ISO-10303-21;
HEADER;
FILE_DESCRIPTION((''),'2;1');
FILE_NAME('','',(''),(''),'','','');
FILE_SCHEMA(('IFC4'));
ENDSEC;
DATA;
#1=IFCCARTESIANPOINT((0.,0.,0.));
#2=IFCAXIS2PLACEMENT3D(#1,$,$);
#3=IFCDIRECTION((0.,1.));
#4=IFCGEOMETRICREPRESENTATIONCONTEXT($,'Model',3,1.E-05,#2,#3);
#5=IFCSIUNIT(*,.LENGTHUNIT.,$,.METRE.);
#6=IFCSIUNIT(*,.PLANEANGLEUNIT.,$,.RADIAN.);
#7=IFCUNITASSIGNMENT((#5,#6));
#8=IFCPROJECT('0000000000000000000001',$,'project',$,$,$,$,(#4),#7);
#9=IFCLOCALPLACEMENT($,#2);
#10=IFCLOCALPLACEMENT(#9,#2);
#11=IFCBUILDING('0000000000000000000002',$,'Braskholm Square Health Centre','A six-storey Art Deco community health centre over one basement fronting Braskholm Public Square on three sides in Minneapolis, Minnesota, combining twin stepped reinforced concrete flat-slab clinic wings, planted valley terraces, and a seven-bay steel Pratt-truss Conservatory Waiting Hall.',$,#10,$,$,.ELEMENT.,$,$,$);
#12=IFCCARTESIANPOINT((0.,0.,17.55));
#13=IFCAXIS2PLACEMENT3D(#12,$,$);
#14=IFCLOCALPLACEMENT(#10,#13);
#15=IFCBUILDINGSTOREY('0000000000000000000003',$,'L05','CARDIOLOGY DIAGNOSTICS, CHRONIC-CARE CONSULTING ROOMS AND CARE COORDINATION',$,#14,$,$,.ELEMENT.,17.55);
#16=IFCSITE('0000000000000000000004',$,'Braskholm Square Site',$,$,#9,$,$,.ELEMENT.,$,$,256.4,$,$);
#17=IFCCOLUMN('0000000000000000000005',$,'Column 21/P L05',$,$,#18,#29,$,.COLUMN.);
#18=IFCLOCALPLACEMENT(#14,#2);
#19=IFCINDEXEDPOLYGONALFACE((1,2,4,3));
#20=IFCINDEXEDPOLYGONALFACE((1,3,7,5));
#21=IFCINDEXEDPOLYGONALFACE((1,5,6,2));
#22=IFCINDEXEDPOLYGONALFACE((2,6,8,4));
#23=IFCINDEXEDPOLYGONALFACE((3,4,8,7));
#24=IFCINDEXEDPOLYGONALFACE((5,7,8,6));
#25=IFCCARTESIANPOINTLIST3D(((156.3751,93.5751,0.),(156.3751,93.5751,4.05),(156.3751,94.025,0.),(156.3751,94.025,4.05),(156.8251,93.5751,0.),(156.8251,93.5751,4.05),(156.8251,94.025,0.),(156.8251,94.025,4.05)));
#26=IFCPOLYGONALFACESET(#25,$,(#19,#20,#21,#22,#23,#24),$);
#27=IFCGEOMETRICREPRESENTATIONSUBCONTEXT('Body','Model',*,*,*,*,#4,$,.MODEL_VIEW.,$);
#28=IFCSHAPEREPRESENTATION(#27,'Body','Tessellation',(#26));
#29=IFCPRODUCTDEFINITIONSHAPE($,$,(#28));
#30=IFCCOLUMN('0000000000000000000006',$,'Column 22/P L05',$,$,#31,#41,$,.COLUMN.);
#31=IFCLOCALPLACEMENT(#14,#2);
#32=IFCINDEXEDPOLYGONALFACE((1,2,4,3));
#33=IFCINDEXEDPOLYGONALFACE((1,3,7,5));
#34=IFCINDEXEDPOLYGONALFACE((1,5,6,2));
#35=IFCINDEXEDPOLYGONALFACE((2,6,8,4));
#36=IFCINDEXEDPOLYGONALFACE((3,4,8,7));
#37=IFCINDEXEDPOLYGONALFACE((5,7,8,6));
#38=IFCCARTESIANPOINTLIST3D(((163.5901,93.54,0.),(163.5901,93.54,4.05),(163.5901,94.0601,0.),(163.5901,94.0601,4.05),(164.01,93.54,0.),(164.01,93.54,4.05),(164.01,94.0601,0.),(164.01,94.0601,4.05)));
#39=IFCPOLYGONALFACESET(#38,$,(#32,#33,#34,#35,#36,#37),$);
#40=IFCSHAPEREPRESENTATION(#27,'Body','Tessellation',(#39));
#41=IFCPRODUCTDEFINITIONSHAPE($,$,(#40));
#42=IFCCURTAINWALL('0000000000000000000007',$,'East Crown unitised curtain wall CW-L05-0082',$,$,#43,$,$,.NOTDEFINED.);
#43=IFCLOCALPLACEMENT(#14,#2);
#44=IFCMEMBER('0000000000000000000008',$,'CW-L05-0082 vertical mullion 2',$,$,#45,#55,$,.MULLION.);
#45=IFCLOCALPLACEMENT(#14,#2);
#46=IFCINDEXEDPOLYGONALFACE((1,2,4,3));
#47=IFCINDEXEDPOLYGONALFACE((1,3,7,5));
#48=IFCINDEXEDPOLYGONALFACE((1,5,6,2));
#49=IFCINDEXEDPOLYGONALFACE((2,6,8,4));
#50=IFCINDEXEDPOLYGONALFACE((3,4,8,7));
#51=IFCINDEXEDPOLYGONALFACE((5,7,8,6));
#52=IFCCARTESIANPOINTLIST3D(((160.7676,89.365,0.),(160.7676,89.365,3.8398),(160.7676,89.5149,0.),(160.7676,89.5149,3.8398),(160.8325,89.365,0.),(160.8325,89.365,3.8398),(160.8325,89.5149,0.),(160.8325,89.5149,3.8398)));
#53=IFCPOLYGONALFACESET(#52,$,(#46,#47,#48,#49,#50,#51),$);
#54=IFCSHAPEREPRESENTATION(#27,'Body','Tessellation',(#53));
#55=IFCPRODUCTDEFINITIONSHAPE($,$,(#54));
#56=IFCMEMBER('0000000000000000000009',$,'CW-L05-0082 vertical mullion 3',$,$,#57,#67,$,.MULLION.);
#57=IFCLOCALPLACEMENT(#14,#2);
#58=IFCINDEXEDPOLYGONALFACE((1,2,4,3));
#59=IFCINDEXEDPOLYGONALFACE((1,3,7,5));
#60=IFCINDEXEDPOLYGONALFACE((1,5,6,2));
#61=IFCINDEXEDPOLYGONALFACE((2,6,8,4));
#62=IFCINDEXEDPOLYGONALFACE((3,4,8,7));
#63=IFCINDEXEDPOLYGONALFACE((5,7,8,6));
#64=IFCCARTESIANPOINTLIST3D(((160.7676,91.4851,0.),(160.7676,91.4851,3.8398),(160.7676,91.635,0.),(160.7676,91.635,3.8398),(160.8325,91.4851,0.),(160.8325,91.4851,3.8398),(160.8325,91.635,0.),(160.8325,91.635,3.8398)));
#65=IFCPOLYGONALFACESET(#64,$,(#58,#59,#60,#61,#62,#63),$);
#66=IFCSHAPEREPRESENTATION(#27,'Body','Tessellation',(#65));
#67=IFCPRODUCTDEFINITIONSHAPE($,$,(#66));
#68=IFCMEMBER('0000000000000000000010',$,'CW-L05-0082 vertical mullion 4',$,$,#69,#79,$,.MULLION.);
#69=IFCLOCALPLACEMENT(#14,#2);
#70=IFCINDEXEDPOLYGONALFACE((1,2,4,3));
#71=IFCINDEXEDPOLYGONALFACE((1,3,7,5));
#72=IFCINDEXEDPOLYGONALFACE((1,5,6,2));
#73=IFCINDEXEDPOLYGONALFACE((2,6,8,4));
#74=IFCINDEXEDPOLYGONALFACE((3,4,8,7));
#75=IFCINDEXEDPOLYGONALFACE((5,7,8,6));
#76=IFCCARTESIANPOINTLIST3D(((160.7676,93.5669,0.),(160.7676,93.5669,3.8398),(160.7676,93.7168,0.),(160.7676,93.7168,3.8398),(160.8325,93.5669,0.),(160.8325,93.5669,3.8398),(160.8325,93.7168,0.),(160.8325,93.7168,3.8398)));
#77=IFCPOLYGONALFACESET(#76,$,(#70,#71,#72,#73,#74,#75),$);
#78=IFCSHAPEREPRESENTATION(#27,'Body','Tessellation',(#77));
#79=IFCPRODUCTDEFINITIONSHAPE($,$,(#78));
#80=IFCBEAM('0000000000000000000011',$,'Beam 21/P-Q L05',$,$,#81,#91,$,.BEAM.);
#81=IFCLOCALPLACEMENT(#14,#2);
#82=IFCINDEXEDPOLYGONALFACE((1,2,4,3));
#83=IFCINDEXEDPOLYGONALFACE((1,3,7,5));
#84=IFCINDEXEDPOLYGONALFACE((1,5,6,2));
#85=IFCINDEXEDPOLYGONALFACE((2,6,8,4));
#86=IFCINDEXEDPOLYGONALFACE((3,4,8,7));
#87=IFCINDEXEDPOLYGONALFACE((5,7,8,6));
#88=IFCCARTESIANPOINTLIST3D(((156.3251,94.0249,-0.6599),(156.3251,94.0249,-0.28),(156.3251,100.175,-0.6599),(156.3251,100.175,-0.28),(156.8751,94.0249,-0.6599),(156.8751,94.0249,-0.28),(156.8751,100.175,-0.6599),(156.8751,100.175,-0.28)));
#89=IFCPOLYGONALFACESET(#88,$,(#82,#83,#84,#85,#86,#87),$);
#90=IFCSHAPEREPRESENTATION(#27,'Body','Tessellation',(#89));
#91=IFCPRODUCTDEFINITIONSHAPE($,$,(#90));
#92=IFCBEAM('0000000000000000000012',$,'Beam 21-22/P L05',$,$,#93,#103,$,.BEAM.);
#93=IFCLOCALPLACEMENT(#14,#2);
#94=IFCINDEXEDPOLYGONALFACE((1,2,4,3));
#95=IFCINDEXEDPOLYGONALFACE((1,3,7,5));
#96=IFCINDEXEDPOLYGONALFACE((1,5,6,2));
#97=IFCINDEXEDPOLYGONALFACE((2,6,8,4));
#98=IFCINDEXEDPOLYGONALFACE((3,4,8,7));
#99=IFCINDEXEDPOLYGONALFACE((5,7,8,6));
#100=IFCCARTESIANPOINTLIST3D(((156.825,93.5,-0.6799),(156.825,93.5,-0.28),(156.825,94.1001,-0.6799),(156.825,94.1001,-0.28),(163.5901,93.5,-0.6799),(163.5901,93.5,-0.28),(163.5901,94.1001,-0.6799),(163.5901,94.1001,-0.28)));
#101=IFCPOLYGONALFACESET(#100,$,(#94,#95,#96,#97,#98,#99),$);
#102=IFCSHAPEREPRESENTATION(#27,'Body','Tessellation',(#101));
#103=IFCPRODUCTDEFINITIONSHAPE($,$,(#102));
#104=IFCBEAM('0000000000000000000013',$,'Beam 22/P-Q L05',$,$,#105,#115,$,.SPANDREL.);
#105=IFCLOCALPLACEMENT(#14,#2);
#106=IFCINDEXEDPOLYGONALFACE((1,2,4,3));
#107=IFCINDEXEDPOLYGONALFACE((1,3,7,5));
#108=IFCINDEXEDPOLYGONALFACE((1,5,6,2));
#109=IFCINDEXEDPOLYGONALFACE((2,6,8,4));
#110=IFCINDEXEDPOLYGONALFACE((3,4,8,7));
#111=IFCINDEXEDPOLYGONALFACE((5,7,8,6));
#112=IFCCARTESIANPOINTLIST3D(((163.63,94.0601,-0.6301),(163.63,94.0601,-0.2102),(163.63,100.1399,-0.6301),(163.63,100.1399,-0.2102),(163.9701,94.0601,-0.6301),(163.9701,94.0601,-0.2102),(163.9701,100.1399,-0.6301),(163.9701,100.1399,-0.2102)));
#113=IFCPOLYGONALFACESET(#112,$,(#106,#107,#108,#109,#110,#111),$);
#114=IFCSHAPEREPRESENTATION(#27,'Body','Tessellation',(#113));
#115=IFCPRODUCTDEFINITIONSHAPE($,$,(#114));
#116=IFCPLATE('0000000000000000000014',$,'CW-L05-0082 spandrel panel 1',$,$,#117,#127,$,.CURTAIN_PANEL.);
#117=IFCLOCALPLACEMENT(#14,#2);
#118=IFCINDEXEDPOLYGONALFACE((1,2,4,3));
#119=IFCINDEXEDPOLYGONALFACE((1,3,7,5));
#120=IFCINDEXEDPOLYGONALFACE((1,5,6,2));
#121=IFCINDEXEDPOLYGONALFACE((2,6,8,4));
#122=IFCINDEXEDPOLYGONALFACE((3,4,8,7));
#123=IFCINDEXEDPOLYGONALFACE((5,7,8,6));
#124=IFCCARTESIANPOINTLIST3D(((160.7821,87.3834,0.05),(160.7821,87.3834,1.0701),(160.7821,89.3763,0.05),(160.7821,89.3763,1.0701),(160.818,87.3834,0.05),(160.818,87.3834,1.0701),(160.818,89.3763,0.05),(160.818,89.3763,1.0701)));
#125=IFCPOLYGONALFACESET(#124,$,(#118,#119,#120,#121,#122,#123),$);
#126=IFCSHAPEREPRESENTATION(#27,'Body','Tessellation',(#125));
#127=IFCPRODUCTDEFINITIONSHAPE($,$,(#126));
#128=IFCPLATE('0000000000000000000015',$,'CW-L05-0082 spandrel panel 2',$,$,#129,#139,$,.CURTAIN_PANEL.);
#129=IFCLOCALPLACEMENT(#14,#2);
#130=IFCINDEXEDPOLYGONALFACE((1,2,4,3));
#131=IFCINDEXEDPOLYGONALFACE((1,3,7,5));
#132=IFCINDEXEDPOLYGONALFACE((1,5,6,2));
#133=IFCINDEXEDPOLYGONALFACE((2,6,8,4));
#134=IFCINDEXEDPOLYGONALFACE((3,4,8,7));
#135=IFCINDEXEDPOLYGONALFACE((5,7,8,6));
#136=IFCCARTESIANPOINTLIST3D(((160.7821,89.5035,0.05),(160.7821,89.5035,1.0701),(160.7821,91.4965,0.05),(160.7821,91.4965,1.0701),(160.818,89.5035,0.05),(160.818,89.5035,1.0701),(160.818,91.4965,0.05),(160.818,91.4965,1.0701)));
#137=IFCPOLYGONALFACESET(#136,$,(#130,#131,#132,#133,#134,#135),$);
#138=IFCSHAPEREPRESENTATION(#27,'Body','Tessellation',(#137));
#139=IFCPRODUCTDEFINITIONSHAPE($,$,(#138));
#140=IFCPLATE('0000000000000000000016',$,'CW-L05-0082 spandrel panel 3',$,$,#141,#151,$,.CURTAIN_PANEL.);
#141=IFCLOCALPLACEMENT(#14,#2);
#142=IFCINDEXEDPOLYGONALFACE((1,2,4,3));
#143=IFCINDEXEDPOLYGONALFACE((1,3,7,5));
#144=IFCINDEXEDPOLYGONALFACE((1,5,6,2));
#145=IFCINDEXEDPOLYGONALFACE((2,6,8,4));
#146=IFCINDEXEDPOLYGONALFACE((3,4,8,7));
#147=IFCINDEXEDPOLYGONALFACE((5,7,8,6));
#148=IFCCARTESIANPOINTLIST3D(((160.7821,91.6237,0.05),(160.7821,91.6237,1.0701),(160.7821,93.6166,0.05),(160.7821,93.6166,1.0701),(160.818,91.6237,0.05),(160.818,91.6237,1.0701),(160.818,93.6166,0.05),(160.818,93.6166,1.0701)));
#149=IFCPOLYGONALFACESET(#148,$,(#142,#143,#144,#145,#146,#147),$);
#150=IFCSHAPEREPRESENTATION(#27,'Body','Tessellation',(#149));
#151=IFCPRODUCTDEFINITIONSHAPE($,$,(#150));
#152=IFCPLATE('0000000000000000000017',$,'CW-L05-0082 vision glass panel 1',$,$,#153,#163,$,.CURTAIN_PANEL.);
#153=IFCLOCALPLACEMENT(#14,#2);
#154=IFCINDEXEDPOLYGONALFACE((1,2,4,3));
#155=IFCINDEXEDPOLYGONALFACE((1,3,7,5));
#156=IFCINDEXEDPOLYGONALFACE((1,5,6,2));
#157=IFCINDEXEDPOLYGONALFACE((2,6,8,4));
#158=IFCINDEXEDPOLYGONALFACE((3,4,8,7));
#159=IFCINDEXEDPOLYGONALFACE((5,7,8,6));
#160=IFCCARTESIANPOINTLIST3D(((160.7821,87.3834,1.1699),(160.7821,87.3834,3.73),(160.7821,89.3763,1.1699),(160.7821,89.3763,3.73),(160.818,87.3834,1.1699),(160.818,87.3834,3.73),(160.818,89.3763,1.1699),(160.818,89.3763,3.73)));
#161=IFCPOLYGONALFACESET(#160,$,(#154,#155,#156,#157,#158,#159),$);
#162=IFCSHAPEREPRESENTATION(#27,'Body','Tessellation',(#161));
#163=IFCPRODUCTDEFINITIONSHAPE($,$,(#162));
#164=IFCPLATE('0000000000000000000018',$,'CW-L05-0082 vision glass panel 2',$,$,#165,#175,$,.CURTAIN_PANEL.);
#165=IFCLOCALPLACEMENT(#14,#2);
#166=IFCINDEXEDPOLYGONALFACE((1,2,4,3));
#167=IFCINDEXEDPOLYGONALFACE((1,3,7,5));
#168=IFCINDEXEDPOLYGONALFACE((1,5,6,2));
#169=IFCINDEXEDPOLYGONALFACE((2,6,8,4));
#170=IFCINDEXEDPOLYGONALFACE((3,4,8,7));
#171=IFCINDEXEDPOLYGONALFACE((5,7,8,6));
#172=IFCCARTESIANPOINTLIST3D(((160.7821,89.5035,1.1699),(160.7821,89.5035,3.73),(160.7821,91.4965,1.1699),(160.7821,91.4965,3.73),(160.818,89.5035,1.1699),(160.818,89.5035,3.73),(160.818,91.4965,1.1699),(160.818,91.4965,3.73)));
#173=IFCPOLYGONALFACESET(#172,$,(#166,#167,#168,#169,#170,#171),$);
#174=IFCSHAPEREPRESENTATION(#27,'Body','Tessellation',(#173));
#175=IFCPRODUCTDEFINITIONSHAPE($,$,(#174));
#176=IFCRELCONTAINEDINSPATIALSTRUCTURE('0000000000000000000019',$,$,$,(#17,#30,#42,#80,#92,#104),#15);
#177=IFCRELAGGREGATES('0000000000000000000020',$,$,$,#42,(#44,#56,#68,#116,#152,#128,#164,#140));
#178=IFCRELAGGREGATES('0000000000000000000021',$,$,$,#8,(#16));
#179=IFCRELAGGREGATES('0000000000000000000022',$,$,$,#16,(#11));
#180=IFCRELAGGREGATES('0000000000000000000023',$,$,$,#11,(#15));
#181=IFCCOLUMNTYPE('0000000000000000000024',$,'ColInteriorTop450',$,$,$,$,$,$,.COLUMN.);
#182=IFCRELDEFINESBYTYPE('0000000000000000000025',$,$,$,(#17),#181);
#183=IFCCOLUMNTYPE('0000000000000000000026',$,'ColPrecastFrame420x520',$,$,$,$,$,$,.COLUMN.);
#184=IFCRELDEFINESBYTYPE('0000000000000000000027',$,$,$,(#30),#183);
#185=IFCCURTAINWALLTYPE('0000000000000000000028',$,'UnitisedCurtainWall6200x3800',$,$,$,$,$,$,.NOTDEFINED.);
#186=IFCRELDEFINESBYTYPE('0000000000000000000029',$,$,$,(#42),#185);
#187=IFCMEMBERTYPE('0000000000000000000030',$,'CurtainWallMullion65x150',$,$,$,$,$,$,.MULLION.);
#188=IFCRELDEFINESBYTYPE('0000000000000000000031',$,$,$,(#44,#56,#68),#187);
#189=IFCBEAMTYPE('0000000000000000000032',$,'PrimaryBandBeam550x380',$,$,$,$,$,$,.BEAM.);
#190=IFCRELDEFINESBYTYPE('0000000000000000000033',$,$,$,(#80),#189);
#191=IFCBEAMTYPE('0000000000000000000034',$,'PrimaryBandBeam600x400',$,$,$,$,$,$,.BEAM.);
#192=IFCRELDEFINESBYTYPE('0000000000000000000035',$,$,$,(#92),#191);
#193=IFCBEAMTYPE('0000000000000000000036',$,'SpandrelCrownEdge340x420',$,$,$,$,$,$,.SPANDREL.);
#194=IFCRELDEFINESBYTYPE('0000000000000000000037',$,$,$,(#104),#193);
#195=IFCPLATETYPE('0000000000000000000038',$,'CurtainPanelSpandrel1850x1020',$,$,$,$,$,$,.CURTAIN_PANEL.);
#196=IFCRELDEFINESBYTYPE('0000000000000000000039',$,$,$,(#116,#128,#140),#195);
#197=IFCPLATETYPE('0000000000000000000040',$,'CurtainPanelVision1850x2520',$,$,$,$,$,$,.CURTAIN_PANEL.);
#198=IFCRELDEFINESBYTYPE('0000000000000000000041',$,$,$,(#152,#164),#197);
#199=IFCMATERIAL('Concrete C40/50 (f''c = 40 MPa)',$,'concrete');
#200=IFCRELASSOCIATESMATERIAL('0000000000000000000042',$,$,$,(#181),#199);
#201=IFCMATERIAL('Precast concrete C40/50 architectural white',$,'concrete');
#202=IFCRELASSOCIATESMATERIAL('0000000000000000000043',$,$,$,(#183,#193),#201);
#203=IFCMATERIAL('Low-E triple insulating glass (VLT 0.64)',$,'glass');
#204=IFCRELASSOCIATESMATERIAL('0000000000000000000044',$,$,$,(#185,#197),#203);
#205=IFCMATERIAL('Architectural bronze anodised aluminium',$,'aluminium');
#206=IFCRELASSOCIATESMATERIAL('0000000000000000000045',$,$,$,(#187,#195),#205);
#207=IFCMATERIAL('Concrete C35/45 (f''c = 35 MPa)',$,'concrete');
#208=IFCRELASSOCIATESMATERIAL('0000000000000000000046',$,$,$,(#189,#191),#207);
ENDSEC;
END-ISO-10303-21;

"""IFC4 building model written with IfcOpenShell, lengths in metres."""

from ifc_helpers import new_model, si_unit, direction, frame, origin, origin_2d, place, context, subcontext, project, spatial, rectangle, extrude, material, material_profile, profile_set, type_object, element, aggregate, save


model = new_model("IFC4")

# Units and contexts
model_context = context("Model", 3, precision=1e-05, world=origin(), true_north=direction((0.0, 1.0)))
body_context = subcontext(model_context, "Body", "Model", "MODEL_VIEW")
ifc_project = project(units=[si_unit("LENGTHUNIT", "METRE"), si_unit("PLANEANGLEUNIT", "RADIAN")], contexts=[model_context])

# Site, building, storey
site_placement = place(None, origin())
site = spatial("IfcSite", under=ifc_project, at=site_placement, Name="Braskholm Square Site", CompositionType="ELEMENT", RefElevation=256.4)
building_placement = place(site_placement, origin())
building = spatial("IfcBuilding", under=site, at=building_placement, Name="Braskholm Square Health Centre", Description="A six-storey Art Deco community health centre over one basement fronting Braskholm Public Square on three sides in Minneapolis, Minnesota, combining twin stepped reinforced concrete flat-slab clinic wings, planted valley terraces, and a seven-bay steel Pratt-truss Conservatory Waiting Hall.", CompositionType="ELEMENT")
storey_placement = place(building_placement, frame((0.0, 0.0, 17.55)))
storey = spatial("IfcBuildingStorey", under=building, at=storey_placement, Name="L05", Description="CARDIOLOGY DIAGNOSTICS, CHRONIC-CARE CONSULTING ROOMS AND CARE COORDINATION", CompositionType="ELEMENT", Elevation=17.55)

# Columns
ifc_material_1 = material(Name="Concrete C40/50 (f'c = 40 MPa)", Category="concrete")
ifc_material_profile_1 = material_profile(ifc_material_1, rectangle(XDim=0.45, YDim=0.45, at=origin_2d()), Name="RC-450X450")
ifc_profile_set_1 = profile_set([ifc_material_profile_1], Name="Concrete C40/50 (f'c = 40 MPa)")
column_type_1 = type_object("IfcColumnType", Name="ColInteriorTop450", PredefinedType="COLUMN", material=ifc_profile_set_1)
column_1_placement = place(storey_placement, frame((156.6001, 93.8, 0.0), z_axis=(0.0, 0.0, 1.0), x_axis=(1.0, 0.0, 0.0)))
element("IfcColumn", 1, at=column_1_placement, inside=storey, type_object=column_type_1, Name="Column 21/P L05", PredefinedType="COLUMN", context=body_context, shape_type="SweptSolid", body=[
    extrude(rectangle(XDim=0.45, YDim=0.45, at=origin_2d()), origin(), (0.0, 0.0, 1.0), 4.05),
])
ifc_material_2 = material(Name="Precast concrete C40/50 architectural white", Category="concrete")
ifc_material_profile_2 = material_profile(ifc_material_2, rectangle(XDim=0.4199, YDim=0.52, at=origin_2d()), Name="RC-420X520")
ifc_profile_set_2 = profile_set([ifc_material_profile_2], Name="Precast concrete C40/50 architectural white")
column_type_2 = type_object("IfcColumnType", Name="ColPrecastFrame420x520", PredefinedType="COLUMN", material=ifc_profile_set_2)
column_2_placement = place(storey_placement, frame((163.8, 93.8, 0.0), z_axis=(0.0, 0.0, 1.0), x_axis=(1.0, 0.0, 0.0)))
element("IfcColumn", 2, at=column_2_placement, inside=storey, type_object=column_type_2, Name="Column 22/P L05", PredefinedType="COLUMN", context=body_context, shape_type="SweptSolid", body=[
    extrude(rectangle(XDim=0.4199, YDim=0.52, at=origin_2d()), origin(), (0.0, 0.0, 1.0), 4.05),
])

# Curtain wall, members
ifc_material_3 = material(Name="Low-E triple insulating glass (VLT 0.64)", Category="glass")
curtain_wall_type = type_object("IfcCurtainWallType", Name="UnitisedCurtainWall6200x3800", PredefinedType="NOTDEFINED", material=ifc_material_3)
curtain_wall_placement = place(storey_placement, origin())
curtain_wall = element("IfcCurtainWall", 3, at=curtain_wall_placement, inside=storey, type_object=curtain_wall_type, Name="East Crown unitised curtain wall CW-L05-0082", PredefinedType="NOTDEFINED")
ifc_material_4 = material(Name="Architectural bronze anodised aluminium", Category="aluminium")
ifc_material_profile_3 = material_profile(ifc_material_4, rectangle(XDim=0.0649, YDim=0.1499, at=origin_2d()), Name="ALU-65X150")
ifc_profile_set_3 = profile_set([ifc_material_profile_3], Name="Architectural bronze anodised aluminium")
member_type = type_object("IfcMemberType", Name="CurtainWallMullion65x150", PredefinedType="MULLION", material=ifc_profile_set_3)
member_1_placement = place(storey_placement, frame((160.8, 89.4399, 0.0), z_axis=(0.0, 0.0, 1.0), x_axis=(1.0, 0.0, 0.0)))
member_1 = element("IfcMember", 4, at=member_1_placement, type_object=member_type, Name="CW-L05-0082 vertical mullion 2", PredefinedType="MULLION", context=body_context, shape_type="SweptSolid", body=[
    extrude(rectangle(XDim=0.0649, YDim=0.1499, at=origin_2d()), origin(), (0.0, 0.0, 1.0), 3.8398),
])
member_2_placement = place(storey_placement, frame((160.8, 91.5601, 0.0), z_axis=(0.0, 0.0, 1.0), x_axis=(1.0, 0.0, 0.0)))
member_2 = element("IfcMember", 5, at=member_2_placement, type_object=member_type, Name="CW-L05-0082 vertical mullion 3", PredefinedType="MULLION", context=body_context, shape_type="SweptSolid", body=[
    extrude(rectangle(XDim=0.0649, YDim=0.1499, at=origin_2d()), origin(), (0.0, 0.0, 1.0), 3.8398),
])
member_3_placement = place(storey_placement, frame((160.8, 93.6418, 0.0), z_axis=(0.0, 0.0, 1.0), x_axis=(1.0, 0.0, 0.0)))
member_3 = element("IfcMember", 6, at=member_3_placement, type_object=member_type, Name="CW-L05-0082 vertical mullion 4", PredefinedType="MULLION", context=body_context, shape_type="SweptSolid", body=[
    extrude(rectangle(XDim=0.0649, YDim=0.1499, at=origin_2d()), origin(), (0.0, 0.0, 1.0), 3.8398),
])

# Beams
ifc_material_5 = material(Name="Concrete C35/45 (f'c = 35 MPa)", Category="concrete")
ifc_material_profile_4 = material_profile(ifc_material_5, rectangle(XDim=0.55, YDim=0.3799, at=origin_2d()), Name="RCB-550X380")
ifc_profile_set_4 = profile_set([ifc_material_profile_4], Name="Concrete C35/45 (f'c = 35 MPa)")
beam_type_1 = type_object("IfcBeamType", Name="PrimaryBandBeam550x380", PredefinedType="BEAM", material=ifc_profile_set_4)
beam_1_placement = place(storey_placement, frame((156.6001, 94.0249, -0.47), z_axis=(0.0, 1.0, 0.0), x_axis=(-1.0, 0.0, 0.0)))
element("IfcBeam", 7, at=beam_1_placement, inside=storey, type_object=beam_type_1, Name="Beam 21/P-Q L05", PredefinedType="BEAM", context=body_context, shape_type="SweptSolid", body=[
    extrude(rectangle(XDim=0.55, YDim=0.3799, at=origin_2d()), origin(), (0.0, 0.0, 1.0), 6.1501),
])
ifc_material_profile_5 = material_profile(ifc_material_5, rectangle(XDim=0.6001, YDim=0.3999, at=origin_2d()), Name="RCB-600X400")
ifc_profile_set_5 = profile_set([ifc_material_profile_5], Name="Concrete C35/45 (f'c = 35 MPa)")
beam_type_2 = type_object("IfcBeamType", Name="PrimaryBandBeam600x400", PredefinedType="BEAM", material=ifc_profile_set_5)
beam_2_placement = place(storey_placement, frame((156.825, 93.8, -0.48), z_axis=(1.0, 0.0, 0.0), x_axis=(0.0, 1.0, 0.0)))
element("IfcBeam", 8, at=beam_2_placement, inside=storey, type_object=beam_type_2, Name="Beam 21-22/P L05", PredefinedType="BEAM", context=body_context, shape_type="SweptSolid", body=[
    extrude(rectangle(XDim=0.6001, YDim=0.3999, at=origin_2d()), origin(), (0.0, 0.0, 1.0), 6.7651),
])
ifc_material_profile_6 = material_profile(ifc_material_2, rectangle(XDim=0.3401, YDim=0.4199, at=origin_2d()), Name="RCB-340X420")
ifc_profile_set_6 = profile_set([ifc_material_profile_6], Name="Precast concrete C40/50 architectural white")
beam_type_3 = type_object("IfcBeamType", Name="SpandrelCrownEdge340x420", PredefinedType="SPANDREL", material=ifc_profile_set_6)
beam_3_placement = place(storey_placement, frame((163.8, 94.0601, -0.4202), z_axis=(0.0, 1.0, 0.0), x_axis=(-1.0, 0.0, 0.0)))
element("IfcBeam", 9, at=beam_3_placement, inside=storey, type_object=beam_type_3, Name="Beam 22/P-Q L05", PredefinedType="SPANDREL", context=body_context, shape_type="SweptSolid", body=[
    extrude(rectangle(XDim=0.3401, YDim=0.4199, at=origin_2d()), origin(), (0.0, 0.0, 1.0), 6.0798),
])

# Plates
plate_type_1 = type_object("IfcPlateType", Name="CurtainPanelSpandrel1850x1020", PredefinedType="CURTAIN_PANEL", material=ifc_material_4)
plate_1_placement = place(storey_placement, frame((160.8, 88.3799, 0.05), z_axis=(0.0, 0.0, 1.0), x_axis=(0.0, 1.0, 0.0)))
plate_1 = element("IfcPlate", 10, at=plate_1_placement, type_object=plate_type_1, Name="CW-L05-0082 spandrel panel 1", PredefinedType="CURTAIN_PANEL", context=body_context, shape_type="SweptSolid", body=[
    extrude(rectangle(XDim=1.9929, YDim=0.0359, at=origin_2d()), origin(), (0.0, 0.0, 1.0), 1.02),
])
plate_2_placement = place(storey_placement, frame((160.8, 90.5, 0.05), z_axis=(0.0, 0.0, 1.0), x_axis=(0.0, 1.0, 0.0)))
plate_2 = element("IfcPlate", 11, at=plate_2_placement, type_object=plate_type_1, Name="CW-L05-0082 spandrel panel 2", PredefinedType="CURTAIN_PANEL", context=body_context, shape_type="SweptSolid", body=[
    extrude(rectangle(XDim=1.9929, YDim=0.0359, at=origin_2d()), origin(), (0.0, 0.0, 1.0), 1.02),
])
plate_3_placement = place(storey_placement, frame((160.8, 92.6201, 0.05), z_axis=(0.0, 0.0, 1.0), x_axis=(0.0, 1.0, 0.0)))
plate_3 = element("IfcPlate", 12, at=plate_3_placement, type_object=plate_type_1, Name="CW-L05-0082 spandrel panel 3", PredefinedType="CURTAIN_PANEL", context=body_context, shape_type="SweptSolid", body=[
    extrude(rectangle(XDim=1.9929, YDim=0.0359, at=origin_2d()), origin(), (0.0, 0.0, 1.0), 1.02),
])
plate_type_2 = type_object("IfcPlateType", Name="CurtainPanelVision1850x2520", PredefinedType="CURTAIN_PANEL", material=ifc_material_3)
plate_4_placement = place(storey_placement, frame((160.8, 88.3799, 1.1699), z_axis=(0.0, 0.0, 1.0), x_axis=(0.0, 1.0, 0.0)))
plate_4 = element("IfcPlate", 13, at=plate_4_placement, type_object=plate_type_2, Name="CW-L05-0082 vision glass panel 1", PredefinedType="CURTAIN_PANEL", context=body_context, shape_type="SweptSolid", body=[
    extrude(rectangle(XDim=1.9929, YDim=0.0359, at=origin_2d()), origin(), (0.0, 0.0, 1.0), 2.5601),
])
plate_5_placement = place(storey_placement, frame((160.8, 90.5, 1.1699), z_axis=(0.0, 0.0, 1.0), x_axis=(0.0, 1.0, 0.0)))
plate_5 = element("IfcPlate", 14, at=plate_5_placement, type_object=plate_type_2, Name="CW-L05-0082 vision glass panel 2", PredefinedType="CURTAIN_PANEL", context=body_context, shape_type="SweptSolid", body=[
    extrude(rectangle(XDim=1.9929, YDim=0.0359, at=origin_2d()), origin(), (0.0, 0.0, 1.0), 2.5601),
])
aggregate(curtain_wall, [member_1, member_2, member_3, plate_1, plate_4, plate_2, plate_5, plate_3])

save(model, "model.ifc")
